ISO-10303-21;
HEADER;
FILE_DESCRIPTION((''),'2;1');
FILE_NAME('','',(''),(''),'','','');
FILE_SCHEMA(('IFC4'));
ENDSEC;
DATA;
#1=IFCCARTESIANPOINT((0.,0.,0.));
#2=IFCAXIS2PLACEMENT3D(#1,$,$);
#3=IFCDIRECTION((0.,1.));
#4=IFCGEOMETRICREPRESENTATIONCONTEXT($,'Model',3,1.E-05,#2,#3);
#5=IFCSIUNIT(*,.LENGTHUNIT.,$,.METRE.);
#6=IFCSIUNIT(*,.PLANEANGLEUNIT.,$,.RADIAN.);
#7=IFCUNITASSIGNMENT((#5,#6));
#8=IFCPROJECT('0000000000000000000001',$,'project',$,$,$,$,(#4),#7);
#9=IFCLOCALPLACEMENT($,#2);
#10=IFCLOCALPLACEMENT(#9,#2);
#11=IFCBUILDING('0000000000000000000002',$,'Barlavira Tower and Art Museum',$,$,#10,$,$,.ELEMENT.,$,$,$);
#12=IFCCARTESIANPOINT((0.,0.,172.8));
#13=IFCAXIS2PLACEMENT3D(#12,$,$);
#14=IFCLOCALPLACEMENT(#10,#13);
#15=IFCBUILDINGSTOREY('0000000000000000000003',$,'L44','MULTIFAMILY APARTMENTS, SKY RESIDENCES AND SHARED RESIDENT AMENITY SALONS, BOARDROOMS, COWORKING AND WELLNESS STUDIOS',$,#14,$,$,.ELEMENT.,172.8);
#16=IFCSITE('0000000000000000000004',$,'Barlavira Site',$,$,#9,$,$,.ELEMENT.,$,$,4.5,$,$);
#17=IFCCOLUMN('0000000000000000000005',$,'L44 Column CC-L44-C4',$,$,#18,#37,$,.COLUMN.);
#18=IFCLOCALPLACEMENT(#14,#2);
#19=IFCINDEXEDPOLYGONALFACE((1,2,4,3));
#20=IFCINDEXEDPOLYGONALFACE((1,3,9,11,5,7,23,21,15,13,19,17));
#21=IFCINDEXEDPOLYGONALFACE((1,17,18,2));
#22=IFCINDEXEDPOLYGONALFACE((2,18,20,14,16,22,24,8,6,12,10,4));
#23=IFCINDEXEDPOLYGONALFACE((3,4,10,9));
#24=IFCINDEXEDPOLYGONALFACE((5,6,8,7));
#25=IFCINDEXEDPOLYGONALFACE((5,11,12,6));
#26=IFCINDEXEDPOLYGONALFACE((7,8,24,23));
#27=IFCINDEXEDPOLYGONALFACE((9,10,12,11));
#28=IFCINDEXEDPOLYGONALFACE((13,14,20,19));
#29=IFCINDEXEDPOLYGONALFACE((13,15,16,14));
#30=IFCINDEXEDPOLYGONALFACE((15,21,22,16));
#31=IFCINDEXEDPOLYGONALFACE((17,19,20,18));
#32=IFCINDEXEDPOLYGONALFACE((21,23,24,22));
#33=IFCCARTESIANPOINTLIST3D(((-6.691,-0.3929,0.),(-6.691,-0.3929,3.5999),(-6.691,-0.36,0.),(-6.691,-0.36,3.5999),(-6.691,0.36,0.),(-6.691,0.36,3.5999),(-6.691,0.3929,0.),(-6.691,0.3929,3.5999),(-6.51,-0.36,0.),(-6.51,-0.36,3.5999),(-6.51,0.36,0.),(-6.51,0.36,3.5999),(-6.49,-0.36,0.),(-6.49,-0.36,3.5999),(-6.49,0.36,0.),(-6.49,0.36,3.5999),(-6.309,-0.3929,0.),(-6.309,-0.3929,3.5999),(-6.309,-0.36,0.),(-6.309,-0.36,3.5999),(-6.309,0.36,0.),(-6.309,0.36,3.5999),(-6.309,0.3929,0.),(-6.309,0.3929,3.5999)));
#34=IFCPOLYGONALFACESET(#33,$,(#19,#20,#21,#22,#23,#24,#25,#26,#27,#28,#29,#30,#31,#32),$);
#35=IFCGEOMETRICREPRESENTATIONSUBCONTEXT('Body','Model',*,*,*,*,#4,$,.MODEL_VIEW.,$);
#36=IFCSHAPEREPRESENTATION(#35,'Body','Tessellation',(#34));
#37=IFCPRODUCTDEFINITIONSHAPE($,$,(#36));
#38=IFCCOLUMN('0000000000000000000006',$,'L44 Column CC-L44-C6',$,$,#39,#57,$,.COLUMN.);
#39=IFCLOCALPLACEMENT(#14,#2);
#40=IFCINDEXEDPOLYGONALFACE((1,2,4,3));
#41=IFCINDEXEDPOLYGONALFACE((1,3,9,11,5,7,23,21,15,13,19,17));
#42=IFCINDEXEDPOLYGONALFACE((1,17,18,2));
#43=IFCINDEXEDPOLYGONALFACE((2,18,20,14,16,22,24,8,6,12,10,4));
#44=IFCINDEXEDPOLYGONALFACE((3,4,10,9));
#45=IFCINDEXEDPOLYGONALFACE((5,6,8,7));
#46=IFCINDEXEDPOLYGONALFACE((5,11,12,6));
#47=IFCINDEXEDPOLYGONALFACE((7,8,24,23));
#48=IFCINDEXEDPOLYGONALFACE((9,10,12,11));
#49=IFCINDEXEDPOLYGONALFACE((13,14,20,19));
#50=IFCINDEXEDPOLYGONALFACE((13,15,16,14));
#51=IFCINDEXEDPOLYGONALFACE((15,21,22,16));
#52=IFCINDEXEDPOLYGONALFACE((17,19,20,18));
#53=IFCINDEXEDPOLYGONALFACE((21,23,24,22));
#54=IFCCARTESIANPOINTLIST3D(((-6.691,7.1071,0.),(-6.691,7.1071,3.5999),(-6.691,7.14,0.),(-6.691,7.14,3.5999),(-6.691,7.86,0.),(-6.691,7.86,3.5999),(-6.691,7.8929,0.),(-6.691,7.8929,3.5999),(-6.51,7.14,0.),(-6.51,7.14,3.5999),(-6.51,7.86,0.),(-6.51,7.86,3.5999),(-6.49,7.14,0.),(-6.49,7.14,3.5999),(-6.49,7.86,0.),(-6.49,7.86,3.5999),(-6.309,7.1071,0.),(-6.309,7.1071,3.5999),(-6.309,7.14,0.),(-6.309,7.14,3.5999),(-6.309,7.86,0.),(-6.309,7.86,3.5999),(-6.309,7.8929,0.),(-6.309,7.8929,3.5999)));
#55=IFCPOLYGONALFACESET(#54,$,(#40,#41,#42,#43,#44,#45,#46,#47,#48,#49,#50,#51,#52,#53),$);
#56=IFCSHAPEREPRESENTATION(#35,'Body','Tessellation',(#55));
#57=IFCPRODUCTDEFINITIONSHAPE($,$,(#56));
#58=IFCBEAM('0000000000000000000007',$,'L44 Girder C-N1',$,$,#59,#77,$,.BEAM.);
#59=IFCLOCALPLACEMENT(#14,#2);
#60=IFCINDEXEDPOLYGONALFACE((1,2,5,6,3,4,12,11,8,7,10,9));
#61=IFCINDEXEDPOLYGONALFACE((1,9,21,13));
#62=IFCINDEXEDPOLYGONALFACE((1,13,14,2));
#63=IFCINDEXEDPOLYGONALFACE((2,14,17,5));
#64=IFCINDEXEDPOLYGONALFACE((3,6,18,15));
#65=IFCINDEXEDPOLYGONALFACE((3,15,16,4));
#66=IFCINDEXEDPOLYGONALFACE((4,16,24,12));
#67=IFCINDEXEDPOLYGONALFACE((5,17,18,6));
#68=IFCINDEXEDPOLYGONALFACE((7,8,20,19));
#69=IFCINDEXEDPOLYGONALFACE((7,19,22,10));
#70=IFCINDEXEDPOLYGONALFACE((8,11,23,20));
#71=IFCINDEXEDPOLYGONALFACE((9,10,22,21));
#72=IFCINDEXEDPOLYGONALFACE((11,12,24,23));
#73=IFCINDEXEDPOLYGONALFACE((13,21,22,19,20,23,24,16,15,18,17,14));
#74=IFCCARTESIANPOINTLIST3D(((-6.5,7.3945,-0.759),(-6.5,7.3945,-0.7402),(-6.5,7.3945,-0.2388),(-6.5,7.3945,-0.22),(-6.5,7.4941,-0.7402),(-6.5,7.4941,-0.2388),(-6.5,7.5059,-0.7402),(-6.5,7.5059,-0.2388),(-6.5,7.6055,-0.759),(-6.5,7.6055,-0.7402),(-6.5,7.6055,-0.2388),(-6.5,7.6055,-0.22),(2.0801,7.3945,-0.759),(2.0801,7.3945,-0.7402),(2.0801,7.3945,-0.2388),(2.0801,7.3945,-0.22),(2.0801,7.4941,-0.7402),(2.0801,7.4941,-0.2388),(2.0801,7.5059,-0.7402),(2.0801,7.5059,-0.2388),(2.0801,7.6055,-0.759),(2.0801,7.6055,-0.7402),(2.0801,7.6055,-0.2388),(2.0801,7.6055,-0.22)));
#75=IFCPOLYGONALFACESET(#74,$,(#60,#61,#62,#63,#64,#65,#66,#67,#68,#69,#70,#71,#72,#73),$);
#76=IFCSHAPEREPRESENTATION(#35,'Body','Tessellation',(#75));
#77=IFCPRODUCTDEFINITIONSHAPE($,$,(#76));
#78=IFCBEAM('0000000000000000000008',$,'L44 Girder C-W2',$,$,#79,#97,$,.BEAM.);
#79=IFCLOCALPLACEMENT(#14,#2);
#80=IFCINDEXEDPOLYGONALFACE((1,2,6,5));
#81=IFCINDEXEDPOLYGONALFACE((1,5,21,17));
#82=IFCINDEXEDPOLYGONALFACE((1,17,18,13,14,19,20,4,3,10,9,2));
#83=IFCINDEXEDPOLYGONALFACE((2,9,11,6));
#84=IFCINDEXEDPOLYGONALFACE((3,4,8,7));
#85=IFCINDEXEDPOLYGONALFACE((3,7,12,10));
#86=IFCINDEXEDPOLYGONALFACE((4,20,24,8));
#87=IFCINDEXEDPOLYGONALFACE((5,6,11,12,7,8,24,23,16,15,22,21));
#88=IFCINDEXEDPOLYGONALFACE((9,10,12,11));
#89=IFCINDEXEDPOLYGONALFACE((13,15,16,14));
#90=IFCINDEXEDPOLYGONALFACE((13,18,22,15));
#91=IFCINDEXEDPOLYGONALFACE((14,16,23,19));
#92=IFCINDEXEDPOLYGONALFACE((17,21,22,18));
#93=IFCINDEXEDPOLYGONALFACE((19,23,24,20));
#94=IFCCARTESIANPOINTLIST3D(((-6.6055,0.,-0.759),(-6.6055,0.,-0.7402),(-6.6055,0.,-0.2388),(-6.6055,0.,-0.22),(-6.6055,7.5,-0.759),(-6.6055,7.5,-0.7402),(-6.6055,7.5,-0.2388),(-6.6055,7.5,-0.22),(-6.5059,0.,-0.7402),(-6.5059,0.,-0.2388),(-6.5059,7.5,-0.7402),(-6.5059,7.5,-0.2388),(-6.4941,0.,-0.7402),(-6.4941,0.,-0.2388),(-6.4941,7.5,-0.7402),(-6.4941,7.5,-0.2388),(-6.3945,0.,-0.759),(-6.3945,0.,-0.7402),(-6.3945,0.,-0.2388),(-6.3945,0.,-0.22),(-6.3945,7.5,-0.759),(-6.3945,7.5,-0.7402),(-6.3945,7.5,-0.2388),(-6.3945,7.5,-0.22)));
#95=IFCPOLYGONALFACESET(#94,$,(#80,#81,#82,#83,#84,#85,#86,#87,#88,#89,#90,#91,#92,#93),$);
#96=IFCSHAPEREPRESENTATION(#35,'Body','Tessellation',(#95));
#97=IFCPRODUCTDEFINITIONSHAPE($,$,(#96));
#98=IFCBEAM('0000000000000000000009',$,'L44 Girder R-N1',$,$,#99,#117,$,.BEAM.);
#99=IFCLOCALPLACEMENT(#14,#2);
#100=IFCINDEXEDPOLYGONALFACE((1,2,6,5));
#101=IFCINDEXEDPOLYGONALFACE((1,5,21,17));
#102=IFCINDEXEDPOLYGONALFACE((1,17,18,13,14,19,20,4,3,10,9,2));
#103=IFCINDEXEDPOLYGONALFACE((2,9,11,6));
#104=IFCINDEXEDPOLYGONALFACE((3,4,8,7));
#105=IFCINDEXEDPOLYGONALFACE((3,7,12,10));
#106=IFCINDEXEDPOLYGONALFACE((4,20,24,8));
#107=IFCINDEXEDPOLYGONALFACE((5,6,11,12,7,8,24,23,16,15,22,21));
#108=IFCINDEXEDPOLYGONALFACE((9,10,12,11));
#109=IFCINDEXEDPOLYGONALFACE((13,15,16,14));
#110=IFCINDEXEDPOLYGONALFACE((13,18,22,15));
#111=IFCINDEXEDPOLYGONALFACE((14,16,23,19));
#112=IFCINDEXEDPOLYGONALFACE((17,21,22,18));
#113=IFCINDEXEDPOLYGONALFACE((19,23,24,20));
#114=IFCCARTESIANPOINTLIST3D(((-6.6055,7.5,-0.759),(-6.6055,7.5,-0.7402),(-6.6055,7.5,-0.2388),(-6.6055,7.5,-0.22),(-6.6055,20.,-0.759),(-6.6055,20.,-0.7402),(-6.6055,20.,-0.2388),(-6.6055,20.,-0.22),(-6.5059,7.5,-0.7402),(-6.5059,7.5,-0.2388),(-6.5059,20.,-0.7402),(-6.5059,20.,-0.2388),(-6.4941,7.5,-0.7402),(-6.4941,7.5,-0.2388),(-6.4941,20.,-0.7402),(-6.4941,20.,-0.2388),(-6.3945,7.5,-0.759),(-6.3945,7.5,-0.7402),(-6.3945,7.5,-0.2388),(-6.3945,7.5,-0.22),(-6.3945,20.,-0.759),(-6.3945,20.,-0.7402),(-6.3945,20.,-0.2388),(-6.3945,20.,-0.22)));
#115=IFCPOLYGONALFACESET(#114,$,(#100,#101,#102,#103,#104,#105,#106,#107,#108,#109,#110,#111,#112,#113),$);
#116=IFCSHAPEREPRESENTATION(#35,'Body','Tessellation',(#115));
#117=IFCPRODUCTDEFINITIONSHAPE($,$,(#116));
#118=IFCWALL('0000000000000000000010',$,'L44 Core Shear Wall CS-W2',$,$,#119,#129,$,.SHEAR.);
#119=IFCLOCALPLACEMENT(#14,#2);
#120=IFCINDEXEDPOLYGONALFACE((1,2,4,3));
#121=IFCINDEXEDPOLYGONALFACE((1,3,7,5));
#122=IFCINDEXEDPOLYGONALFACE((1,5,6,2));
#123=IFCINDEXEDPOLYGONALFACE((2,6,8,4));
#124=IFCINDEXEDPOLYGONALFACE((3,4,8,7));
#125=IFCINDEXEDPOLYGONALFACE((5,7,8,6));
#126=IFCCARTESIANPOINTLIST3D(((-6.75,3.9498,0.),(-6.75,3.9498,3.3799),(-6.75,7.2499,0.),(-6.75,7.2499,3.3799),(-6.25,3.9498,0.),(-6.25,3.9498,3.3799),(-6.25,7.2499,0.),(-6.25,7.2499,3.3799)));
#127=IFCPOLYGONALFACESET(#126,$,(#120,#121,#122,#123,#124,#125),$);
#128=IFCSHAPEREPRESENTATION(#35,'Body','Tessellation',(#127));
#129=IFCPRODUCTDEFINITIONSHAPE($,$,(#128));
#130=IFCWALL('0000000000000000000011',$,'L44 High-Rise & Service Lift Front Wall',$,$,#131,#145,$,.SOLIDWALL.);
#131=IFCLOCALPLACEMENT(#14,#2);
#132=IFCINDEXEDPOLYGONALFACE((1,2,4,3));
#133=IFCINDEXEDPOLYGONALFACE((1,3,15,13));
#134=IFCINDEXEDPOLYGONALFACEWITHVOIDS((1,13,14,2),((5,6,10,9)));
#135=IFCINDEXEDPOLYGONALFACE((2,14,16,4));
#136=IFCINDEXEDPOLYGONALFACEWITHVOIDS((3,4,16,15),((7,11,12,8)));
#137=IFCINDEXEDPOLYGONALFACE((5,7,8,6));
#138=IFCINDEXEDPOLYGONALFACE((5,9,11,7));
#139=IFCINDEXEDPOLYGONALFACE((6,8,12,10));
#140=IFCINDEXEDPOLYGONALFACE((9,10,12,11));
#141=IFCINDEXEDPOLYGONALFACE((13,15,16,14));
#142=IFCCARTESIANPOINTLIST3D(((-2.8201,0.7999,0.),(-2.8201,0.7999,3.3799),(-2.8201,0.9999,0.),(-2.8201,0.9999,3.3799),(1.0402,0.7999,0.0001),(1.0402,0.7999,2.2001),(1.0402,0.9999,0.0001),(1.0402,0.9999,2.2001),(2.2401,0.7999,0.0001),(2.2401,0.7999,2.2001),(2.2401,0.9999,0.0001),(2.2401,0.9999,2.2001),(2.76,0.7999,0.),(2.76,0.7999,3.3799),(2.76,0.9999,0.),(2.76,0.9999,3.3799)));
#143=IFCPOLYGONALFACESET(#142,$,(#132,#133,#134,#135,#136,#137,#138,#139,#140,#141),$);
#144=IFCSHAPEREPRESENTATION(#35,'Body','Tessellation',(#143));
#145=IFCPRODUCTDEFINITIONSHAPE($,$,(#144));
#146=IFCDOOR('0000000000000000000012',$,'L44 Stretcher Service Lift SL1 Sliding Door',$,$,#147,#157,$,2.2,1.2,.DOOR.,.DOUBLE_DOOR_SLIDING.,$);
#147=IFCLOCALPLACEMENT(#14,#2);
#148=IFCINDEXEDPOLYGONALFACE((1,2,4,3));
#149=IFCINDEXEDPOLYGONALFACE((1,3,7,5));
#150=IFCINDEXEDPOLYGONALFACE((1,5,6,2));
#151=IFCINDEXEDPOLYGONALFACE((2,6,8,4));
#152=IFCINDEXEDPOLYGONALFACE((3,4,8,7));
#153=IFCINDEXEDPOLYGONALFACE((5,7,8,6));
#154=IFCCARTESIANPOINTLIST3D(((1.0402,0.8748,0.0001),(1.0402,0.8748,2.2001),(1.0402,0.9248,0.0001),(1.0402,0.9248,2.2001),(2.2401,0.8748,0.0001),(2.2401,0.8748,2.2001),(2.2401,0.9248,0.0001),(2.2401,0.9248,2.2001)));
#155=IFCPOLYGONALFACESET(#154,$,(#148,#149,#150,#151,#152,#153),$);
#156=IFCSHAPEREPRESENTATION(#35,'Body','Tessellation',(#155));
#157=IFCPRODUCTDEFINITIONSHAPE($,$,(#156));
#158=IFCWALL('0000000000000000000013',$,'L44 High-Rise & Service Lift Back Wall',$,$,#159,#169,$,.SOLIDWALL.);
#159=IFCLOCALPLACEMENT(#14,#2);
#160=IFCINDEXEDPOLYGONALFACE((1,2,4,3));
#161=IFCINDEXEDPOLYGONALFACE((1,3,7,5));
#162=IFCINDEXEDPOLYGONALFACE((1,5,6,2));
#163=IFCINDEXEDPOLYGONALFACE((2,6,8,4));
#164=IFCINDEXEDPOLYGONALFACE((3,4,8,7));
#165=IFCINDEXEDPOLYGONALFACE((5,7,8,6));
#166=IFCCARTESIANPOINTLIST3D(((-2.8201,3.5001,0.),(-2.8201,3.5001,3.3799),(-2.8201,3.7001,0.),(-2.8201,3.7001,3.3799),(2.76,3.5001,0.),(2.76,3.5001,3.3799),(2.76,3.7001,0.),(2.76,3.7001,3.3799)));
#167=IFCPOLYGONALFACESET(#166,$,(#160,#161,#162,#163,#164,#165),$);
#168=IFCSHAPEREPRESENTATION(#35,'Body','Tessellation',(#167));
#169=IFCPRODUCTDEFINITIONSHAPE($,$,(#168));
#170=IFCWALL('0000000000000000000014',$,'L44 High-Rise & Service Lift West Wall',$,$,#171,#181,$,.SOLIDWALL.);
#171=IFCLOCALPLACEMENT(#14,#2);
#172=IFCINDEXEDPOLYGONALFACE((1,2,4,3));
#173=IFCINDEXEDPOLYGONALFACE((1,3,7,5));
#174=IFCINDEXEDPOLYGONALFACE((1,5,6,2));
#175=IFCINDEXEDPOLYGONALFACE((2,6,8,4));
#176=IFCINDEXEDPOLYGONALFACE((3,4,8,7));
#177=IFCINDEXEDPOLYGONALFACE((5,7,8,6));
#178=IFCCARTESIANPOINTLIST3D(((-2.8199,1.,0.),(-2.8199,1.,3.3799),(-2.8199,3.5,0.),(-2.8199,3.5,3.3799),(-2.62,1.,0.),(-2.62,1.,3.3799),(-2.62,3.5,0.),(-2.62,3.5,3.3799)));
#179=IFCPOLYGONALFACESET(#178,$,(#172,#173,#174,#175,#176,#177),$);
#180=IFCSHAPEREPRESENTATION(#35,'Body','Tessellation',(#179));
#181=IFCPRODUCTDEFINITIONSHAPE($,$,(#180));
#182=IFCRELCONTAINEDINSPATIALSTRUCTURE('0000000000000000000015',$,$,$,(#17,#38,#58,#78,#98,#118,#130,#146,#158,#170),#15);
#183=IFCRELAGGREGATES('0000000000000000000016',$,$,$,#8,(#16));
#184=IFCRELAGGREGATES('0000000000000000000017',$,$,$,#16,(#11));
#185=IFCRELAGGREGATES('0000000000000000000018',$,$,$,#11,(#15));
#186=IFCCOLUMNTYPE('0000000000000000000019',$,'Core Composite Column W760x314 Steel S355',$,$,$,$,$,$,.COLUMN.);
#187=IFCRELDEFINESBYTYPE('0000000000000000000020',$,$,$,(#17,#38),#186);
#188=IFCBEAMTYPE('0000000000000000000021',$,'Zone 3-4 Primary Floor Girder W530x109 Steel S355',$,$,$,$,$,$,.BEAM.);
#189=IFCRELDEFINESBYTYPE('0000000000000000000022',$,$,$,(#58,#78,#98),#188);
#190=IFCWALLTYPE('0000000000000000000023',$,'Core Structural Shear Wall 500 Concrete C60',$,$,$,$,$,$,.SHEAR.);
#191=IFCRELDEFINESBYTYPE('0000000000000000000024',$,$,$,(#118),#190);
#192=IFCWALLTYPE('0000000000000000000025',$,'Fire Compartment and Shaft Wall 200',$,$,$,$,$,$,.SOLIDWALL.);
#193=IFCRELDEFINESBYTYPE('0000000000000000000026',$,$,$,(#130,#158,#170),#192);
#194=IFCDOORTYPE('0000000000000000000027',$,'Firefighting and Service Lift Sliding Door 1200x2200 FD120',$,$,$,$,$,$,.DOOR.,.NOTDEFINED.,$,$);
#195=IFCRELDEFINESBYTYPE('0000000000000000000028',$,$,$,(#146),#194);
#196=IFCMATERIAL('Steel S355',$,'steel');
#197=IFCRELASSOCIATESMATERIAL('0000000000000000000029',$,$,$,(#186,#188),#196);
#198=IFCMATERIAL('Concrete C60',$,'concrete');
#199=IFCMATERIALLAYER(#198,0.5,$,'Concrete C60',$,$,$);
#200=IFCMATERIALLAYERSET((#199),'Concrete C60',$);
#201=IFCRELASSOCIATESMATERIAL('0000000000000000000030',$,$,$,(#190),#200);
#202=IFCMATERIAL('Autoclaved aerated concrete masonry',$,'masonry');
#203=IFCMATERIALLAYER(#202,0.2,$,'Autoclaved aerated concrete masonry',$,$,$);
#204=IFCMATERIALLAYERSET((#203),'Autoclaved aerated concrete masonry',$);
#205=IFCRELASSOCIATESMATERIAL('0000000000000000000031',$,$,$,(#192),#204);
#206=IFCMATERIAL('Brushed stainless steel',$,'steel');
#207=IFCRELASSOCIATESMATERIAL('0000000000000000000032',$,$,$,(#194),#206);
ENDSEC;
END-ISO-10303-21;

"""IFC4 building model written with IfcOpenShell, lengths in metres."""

from ifc_helpers import new_model, si_unit, direction, frame, frame_2d, origin, origin_2d, place, context, subcontext, project, spatial, rectangle, i_section, extrude, material, layer, layer_set, material_profile, profile_set, type_object, element, fill, save


model = new_model("IFC4")

# Units and contexts
model_context = context("Model", 3, precision=1e-05, world=origin(), true_north=direction((0.0, 1.0)))
body_context = subcontext(model_context, "Body", "Model", "MODEL_VIEW")
ifc_project = project(units=[si_unit("LENGTHUNIT", "METRE"), si_unit("PLANEANGLEUNIT", "RADIAN")], contexts=[model_context])

# Site, building, storey
site_placement = place(None, origin())
site = spatial("IfcSite", under=ifc_project, at=site_placement, Name="Barlavira Site", CompositionType="ELEMENT", RefElevation=4.5)
building_placement = place(site_placement, origin())
building = spatial("IfcBuilding", under=site, at=building_placement, Name="Barlavira Tower and Art Museum", CompositionType="ELEMENT")
storey_placement = place(building_placement, frame((0.0, 0.0, 172.8)))
storey = spatial("IfcBuildingStorey", under=building, at=storey_placement, Name="L44", Description="MULTIFAMILY APARTMENTS, SKY RESIDENCES AND SHARED RESIDENT AMENITY SALONS, BOARDROOMS, COWORKING AND WELLNESS STUDIOS", CompositionType="ELEMENT", Elevation=172.8)

# Columns
ifc_material_1 = material(Name="Steel S355", Category="steel")
ifc_material_profile_1 = material_profile(ifc_material_1, i_section(OverallWidth=0.3821, OverallDepth=0.7859, WebThickness=0.02, FlangeThickness=0.033, at=origin_2d()), Name="W760x314.0")
ifc_profile_set_1 = profile_set([ifc_material_profile_1], Name="Steel S355")
column_type = type_object("IfcColumnType", Name="Core Composite Column W760x314 Steel S355", PredefinedType="COLUMN", material=ifc_profile_set_1)
for number, where, z_axis, x_axis, name in (
    (1, (-6.5, 0.0, 0.0), (0.0, 0.0, 1.0), (1.0, 0.0, 0.0), "L44 Column CC-L44-C4"),
    (2, (-6.5, 7.5, 0.0), (0.0, 0.0, 1.0), (1.0, 0.0, 0.0), "L44 Column CC-L44-C6"),
):
    element("IfcColumn", number, at=place(storey_placement, frame(where, z_axis=z_axis, x_axis=x_axis)), inside=storey, type_object=column_type, Name=name, PredefinedType="COLUMN", context=body_context, shape_type="SweptSolid", body=[
        extrude(i_section(OverallWidth=0.3821, OverallDepth=0.7859, WebThickness=0.02, FlangeThickness=0.033, at=origin_2d()), origin(), (0.0, 0.0, 1.0), 3.5999),
    ])

# Beams
ifc_material_profile_2 = material_profile(ifc_material_1, i_section(OverallWidth=0.2109, OverallDepth=0.5391, WebThickness=0.0117, FlangeThickness=0.0188, at=origin_2d()), Name="W530x109.0")
ifc_profile_set_2 = profile_set([ifc_material_profile_2], Name="Steel S355")
beam_type = type_object("IfcBeamType", Name="Zone 3-4 Primary Floor Girder W530x109 Steel S355", PredefinedType="BEAM", material=ifc_profile_set_2)
beam_1_placement = place(storey_placement, frame((-6.5, 7.5, -0.4895), z_axis=(1.0, 0.0, 0.0), x_axis=(0.0, 1.0, 0.0)))
element("IfcBeam", 3, at=beam_1_placement, inside=storey, type_object=beam_type, Name="L44 Girder C-N1", PredefinedType="BEAM", context=body_context, shape_type="SweptSolid", body=[
    extrude(i_section(OverallWidth=0.2109, OverallDepth=0.5391, WebThickness=0.0117, FlangeThickness=0.0188, at=origin_2d()), origin(), (0.0, 0.0, 1.0), 8.5801),
])
beam_2_placement = place(storey_placement, frame((-6.5, 0.0, -0.4895), z_axis=(0.0, 1.0, 0.0), x_axis=(-1.0, 0.0, 0.0)))
element("IfcBeam", 4, at=beam_2_placement, inside=storey, type_object=beam_type, Name="L44 Girder C-W2", PredefinedType="BEAM", context=body_context, shape_type="SweptSolid", body=[
    extrude(i_section(OverallWidth=0.2109, OverallDepth=0.5391, WebThickness=0.0117, FlangeThickness=0.0188, at=origin_2d()), origin(), (0.0, 0.0, 1.0), 7.5),
])
beam_3_placement = place(storey_placement, frame((-6.5, 7.5, -0.4895), z_axis=(0.0, 1.0, 0.0), x_axis=(-1.0, 0.0, 0.0)))
element("IfcBeam", 5, at=beam_3_placement, inside=storey, type_object=beam_type, Name="L44 Girder R-N1", PredefinedType="BEAM", context=body_context, shape_type="SweptSolid", body=[
    extrude(i_section(OverallWidth=0.2109, OverallDepth=0.5391, WebThickness=0.0117, FlangeThickness=0.0188, at=origin_2d()), origin(), (0.0, 0.0, 1.0), 12.5),
])

# Shared definitions
ifc_material_2 = material(Name="Concrete C60", Category="concrete")
ifc_layer_1 = layer(ifc_material_2, 0.5, Name="Concrete C60")
ifc_layer_set_1 = layer_set([ifc_layer_1], Name="Concrete C60")
wall_type_1 = type_object("IfcWallType", Name="Core Structural Shear Wall 500 Concrete C60", PredefinedType="SHEAR", material=ifc_layer_set_1)
ifc_material_3 = material(Name="Brushed stainless steel", Category="steel")

# Wall
wall_1_placement = place(storey_placement, frame((-6.5, 3.95, 0.0), z_axis=(0.0, 0.0, 1.0), x_axis=(0.0, 1.0, 0.0)))
element("IfcWall", 6, at=wall_1_placement, inside=storey, type_object=wall_type_1, Name="L44 Core Shear Wall CS-W2", PredefinedType="SHEAR", context=body_context, shape_type="SweptSolid", body=[
    extrude(rectangle(XDim=3.3, YDim=0.5, at=frame_2d((1.6499, 0.0))), origin(), (0.0, 0.0, 1.0), 3.3799),
])

# Wall, opening, door
ifc_material_4 = material(Name="Autoclaved aerated concrete masonry", Category="masonry")
ifc_layer_2 = layer(ifc_material_4, 0.2, Name="Autoclaved aerated concrete masonry")
ifc_layer_set_2 = layer_set([ifc_layer_2], Name="Autoclaved aerated concrete masonry")
wall_type_2 = type_object("IfcWallType", Name="Fire Compartment and Shaft Wall 200", PredefinedType="SOLIDWALL", material=ifc_layer_set_2)
wall_2_placement = place(storey_placement, frame((-2.8201, 0.8999, 0.0), z_axis=(0.0, 0.0, 1.0), x_axis=(1.0, 0.0, 0.0)))
wall_2 = element("IfcWall", 7, at=wall_2_placement, inside=storey, type_object=wall_type_2, Name="L44 High-Rise & Service Lift Front Wall", PredefinedType="SOLIDWALL", context=body_context, shape_type="SweptSolid", body=[
    extrude(rectangle(XDim=5.5801, YDim=0.2, at=frame_2d((2.79, 0.0))), origin(), (0.0, 0.0, 1.0), 3.3799),
])
opening_1_placement = place(wall_2_placement, frame((3.8601, 0.0, 0.0)))
opening_1 = element("IfcOpeningElement", 8, at=opening_1_placement, cuts=wall_2, PredefinedType="OPENING", context=body_context, shape_type="SweptSolid", body=[
    extrude(rectangle(XDim=1.2, YDim=2.2, at=frame_2d((0.6001, 1.1001))), frame((0.0, 0.1099, 0.0), z_axis=(0.0, -1.0, 0.0), x_axis=(1.0, 0.0, 0.0)), (0.0, 0.0, 1.0), 0.22),
])
door_type_1 = type_object("IfcDoorType", Name="Firefighting and Service Lift Sliding Door 1200x2200 FD120", OperationType="NOTDEFINED", PredefinedType="DOOR", material=ifc_material_3)
door_1_placement = place(opening_1_placement, origin())
door_1 = element("IfcDoor", 9, at=door_1_placement, inside=storey, type_object=door_type_1, Name="L44 Stretcher Service Lift SL1 Sliding Door", OperationType="DOUBLE_DOOR_SLIDING", OverallHeight=2.2, OverallWidth=1.2, PredefinedType="DOOR", context=body_context, shape_type="SweptSolid", body=[
    extrude(rectangle(XDim=1.2, YDim=2.2, at=frame_2d((0.6001, 1.1001))), frame((0.0, 0.0249, 0.0), z_axis=(0.0, -1.0, 0.0), x_axis=(1.0, 0.0, 0.0)), (0.0, 0.0, 1.0), 0.05),
])
fill(opening_1, door_1)

# Walls
wall_3_placement = place(storey_placement, frame((-2.8201, 3.6001, 0.0), z_axis=(0.0, 0.0, 1.0), x_axis=(1.0, 0.0, 0.0)))
element("IfcWall", 10, at=wall_3_placement, inside=storey, type_object=wall_type_2, Name="L44 High-Rise & Service Lift Back Wall", PredefinedType="SOLIDWALL", context=body_context, shape_type="SweptSolid", body=[
    extrude(rectangle(XDim=5.5801, YDim=0.2, at=frame_2d((2.79, 0.0))), origin(), (0.0, 0.0, 1.0), 3.3799),
])
wall_4_placement = place(storey_placement, frame((-2.72, 1.0, 0.0), z_axis=(0.0, 0.0, 1.0), x_axis=(0.0, 1.0, 0.0)))
element("IfcWall", 11, at=wall_4_placement, inside=storey, type_object=wall_type_2, Name="L44 High-Rise & Service Lift West Wall", PredefinedType="SOLIDWALL", context=body_context, shape_type="SweptSolid", body=[
    extrude(rectangle(XDim=2.5, YDim=0.2, at=frame_2d((1.25, 0.0))), origin(), (0.0, 0.0, 1.0), 3.3799),
])

save(model, "model.ifc")
